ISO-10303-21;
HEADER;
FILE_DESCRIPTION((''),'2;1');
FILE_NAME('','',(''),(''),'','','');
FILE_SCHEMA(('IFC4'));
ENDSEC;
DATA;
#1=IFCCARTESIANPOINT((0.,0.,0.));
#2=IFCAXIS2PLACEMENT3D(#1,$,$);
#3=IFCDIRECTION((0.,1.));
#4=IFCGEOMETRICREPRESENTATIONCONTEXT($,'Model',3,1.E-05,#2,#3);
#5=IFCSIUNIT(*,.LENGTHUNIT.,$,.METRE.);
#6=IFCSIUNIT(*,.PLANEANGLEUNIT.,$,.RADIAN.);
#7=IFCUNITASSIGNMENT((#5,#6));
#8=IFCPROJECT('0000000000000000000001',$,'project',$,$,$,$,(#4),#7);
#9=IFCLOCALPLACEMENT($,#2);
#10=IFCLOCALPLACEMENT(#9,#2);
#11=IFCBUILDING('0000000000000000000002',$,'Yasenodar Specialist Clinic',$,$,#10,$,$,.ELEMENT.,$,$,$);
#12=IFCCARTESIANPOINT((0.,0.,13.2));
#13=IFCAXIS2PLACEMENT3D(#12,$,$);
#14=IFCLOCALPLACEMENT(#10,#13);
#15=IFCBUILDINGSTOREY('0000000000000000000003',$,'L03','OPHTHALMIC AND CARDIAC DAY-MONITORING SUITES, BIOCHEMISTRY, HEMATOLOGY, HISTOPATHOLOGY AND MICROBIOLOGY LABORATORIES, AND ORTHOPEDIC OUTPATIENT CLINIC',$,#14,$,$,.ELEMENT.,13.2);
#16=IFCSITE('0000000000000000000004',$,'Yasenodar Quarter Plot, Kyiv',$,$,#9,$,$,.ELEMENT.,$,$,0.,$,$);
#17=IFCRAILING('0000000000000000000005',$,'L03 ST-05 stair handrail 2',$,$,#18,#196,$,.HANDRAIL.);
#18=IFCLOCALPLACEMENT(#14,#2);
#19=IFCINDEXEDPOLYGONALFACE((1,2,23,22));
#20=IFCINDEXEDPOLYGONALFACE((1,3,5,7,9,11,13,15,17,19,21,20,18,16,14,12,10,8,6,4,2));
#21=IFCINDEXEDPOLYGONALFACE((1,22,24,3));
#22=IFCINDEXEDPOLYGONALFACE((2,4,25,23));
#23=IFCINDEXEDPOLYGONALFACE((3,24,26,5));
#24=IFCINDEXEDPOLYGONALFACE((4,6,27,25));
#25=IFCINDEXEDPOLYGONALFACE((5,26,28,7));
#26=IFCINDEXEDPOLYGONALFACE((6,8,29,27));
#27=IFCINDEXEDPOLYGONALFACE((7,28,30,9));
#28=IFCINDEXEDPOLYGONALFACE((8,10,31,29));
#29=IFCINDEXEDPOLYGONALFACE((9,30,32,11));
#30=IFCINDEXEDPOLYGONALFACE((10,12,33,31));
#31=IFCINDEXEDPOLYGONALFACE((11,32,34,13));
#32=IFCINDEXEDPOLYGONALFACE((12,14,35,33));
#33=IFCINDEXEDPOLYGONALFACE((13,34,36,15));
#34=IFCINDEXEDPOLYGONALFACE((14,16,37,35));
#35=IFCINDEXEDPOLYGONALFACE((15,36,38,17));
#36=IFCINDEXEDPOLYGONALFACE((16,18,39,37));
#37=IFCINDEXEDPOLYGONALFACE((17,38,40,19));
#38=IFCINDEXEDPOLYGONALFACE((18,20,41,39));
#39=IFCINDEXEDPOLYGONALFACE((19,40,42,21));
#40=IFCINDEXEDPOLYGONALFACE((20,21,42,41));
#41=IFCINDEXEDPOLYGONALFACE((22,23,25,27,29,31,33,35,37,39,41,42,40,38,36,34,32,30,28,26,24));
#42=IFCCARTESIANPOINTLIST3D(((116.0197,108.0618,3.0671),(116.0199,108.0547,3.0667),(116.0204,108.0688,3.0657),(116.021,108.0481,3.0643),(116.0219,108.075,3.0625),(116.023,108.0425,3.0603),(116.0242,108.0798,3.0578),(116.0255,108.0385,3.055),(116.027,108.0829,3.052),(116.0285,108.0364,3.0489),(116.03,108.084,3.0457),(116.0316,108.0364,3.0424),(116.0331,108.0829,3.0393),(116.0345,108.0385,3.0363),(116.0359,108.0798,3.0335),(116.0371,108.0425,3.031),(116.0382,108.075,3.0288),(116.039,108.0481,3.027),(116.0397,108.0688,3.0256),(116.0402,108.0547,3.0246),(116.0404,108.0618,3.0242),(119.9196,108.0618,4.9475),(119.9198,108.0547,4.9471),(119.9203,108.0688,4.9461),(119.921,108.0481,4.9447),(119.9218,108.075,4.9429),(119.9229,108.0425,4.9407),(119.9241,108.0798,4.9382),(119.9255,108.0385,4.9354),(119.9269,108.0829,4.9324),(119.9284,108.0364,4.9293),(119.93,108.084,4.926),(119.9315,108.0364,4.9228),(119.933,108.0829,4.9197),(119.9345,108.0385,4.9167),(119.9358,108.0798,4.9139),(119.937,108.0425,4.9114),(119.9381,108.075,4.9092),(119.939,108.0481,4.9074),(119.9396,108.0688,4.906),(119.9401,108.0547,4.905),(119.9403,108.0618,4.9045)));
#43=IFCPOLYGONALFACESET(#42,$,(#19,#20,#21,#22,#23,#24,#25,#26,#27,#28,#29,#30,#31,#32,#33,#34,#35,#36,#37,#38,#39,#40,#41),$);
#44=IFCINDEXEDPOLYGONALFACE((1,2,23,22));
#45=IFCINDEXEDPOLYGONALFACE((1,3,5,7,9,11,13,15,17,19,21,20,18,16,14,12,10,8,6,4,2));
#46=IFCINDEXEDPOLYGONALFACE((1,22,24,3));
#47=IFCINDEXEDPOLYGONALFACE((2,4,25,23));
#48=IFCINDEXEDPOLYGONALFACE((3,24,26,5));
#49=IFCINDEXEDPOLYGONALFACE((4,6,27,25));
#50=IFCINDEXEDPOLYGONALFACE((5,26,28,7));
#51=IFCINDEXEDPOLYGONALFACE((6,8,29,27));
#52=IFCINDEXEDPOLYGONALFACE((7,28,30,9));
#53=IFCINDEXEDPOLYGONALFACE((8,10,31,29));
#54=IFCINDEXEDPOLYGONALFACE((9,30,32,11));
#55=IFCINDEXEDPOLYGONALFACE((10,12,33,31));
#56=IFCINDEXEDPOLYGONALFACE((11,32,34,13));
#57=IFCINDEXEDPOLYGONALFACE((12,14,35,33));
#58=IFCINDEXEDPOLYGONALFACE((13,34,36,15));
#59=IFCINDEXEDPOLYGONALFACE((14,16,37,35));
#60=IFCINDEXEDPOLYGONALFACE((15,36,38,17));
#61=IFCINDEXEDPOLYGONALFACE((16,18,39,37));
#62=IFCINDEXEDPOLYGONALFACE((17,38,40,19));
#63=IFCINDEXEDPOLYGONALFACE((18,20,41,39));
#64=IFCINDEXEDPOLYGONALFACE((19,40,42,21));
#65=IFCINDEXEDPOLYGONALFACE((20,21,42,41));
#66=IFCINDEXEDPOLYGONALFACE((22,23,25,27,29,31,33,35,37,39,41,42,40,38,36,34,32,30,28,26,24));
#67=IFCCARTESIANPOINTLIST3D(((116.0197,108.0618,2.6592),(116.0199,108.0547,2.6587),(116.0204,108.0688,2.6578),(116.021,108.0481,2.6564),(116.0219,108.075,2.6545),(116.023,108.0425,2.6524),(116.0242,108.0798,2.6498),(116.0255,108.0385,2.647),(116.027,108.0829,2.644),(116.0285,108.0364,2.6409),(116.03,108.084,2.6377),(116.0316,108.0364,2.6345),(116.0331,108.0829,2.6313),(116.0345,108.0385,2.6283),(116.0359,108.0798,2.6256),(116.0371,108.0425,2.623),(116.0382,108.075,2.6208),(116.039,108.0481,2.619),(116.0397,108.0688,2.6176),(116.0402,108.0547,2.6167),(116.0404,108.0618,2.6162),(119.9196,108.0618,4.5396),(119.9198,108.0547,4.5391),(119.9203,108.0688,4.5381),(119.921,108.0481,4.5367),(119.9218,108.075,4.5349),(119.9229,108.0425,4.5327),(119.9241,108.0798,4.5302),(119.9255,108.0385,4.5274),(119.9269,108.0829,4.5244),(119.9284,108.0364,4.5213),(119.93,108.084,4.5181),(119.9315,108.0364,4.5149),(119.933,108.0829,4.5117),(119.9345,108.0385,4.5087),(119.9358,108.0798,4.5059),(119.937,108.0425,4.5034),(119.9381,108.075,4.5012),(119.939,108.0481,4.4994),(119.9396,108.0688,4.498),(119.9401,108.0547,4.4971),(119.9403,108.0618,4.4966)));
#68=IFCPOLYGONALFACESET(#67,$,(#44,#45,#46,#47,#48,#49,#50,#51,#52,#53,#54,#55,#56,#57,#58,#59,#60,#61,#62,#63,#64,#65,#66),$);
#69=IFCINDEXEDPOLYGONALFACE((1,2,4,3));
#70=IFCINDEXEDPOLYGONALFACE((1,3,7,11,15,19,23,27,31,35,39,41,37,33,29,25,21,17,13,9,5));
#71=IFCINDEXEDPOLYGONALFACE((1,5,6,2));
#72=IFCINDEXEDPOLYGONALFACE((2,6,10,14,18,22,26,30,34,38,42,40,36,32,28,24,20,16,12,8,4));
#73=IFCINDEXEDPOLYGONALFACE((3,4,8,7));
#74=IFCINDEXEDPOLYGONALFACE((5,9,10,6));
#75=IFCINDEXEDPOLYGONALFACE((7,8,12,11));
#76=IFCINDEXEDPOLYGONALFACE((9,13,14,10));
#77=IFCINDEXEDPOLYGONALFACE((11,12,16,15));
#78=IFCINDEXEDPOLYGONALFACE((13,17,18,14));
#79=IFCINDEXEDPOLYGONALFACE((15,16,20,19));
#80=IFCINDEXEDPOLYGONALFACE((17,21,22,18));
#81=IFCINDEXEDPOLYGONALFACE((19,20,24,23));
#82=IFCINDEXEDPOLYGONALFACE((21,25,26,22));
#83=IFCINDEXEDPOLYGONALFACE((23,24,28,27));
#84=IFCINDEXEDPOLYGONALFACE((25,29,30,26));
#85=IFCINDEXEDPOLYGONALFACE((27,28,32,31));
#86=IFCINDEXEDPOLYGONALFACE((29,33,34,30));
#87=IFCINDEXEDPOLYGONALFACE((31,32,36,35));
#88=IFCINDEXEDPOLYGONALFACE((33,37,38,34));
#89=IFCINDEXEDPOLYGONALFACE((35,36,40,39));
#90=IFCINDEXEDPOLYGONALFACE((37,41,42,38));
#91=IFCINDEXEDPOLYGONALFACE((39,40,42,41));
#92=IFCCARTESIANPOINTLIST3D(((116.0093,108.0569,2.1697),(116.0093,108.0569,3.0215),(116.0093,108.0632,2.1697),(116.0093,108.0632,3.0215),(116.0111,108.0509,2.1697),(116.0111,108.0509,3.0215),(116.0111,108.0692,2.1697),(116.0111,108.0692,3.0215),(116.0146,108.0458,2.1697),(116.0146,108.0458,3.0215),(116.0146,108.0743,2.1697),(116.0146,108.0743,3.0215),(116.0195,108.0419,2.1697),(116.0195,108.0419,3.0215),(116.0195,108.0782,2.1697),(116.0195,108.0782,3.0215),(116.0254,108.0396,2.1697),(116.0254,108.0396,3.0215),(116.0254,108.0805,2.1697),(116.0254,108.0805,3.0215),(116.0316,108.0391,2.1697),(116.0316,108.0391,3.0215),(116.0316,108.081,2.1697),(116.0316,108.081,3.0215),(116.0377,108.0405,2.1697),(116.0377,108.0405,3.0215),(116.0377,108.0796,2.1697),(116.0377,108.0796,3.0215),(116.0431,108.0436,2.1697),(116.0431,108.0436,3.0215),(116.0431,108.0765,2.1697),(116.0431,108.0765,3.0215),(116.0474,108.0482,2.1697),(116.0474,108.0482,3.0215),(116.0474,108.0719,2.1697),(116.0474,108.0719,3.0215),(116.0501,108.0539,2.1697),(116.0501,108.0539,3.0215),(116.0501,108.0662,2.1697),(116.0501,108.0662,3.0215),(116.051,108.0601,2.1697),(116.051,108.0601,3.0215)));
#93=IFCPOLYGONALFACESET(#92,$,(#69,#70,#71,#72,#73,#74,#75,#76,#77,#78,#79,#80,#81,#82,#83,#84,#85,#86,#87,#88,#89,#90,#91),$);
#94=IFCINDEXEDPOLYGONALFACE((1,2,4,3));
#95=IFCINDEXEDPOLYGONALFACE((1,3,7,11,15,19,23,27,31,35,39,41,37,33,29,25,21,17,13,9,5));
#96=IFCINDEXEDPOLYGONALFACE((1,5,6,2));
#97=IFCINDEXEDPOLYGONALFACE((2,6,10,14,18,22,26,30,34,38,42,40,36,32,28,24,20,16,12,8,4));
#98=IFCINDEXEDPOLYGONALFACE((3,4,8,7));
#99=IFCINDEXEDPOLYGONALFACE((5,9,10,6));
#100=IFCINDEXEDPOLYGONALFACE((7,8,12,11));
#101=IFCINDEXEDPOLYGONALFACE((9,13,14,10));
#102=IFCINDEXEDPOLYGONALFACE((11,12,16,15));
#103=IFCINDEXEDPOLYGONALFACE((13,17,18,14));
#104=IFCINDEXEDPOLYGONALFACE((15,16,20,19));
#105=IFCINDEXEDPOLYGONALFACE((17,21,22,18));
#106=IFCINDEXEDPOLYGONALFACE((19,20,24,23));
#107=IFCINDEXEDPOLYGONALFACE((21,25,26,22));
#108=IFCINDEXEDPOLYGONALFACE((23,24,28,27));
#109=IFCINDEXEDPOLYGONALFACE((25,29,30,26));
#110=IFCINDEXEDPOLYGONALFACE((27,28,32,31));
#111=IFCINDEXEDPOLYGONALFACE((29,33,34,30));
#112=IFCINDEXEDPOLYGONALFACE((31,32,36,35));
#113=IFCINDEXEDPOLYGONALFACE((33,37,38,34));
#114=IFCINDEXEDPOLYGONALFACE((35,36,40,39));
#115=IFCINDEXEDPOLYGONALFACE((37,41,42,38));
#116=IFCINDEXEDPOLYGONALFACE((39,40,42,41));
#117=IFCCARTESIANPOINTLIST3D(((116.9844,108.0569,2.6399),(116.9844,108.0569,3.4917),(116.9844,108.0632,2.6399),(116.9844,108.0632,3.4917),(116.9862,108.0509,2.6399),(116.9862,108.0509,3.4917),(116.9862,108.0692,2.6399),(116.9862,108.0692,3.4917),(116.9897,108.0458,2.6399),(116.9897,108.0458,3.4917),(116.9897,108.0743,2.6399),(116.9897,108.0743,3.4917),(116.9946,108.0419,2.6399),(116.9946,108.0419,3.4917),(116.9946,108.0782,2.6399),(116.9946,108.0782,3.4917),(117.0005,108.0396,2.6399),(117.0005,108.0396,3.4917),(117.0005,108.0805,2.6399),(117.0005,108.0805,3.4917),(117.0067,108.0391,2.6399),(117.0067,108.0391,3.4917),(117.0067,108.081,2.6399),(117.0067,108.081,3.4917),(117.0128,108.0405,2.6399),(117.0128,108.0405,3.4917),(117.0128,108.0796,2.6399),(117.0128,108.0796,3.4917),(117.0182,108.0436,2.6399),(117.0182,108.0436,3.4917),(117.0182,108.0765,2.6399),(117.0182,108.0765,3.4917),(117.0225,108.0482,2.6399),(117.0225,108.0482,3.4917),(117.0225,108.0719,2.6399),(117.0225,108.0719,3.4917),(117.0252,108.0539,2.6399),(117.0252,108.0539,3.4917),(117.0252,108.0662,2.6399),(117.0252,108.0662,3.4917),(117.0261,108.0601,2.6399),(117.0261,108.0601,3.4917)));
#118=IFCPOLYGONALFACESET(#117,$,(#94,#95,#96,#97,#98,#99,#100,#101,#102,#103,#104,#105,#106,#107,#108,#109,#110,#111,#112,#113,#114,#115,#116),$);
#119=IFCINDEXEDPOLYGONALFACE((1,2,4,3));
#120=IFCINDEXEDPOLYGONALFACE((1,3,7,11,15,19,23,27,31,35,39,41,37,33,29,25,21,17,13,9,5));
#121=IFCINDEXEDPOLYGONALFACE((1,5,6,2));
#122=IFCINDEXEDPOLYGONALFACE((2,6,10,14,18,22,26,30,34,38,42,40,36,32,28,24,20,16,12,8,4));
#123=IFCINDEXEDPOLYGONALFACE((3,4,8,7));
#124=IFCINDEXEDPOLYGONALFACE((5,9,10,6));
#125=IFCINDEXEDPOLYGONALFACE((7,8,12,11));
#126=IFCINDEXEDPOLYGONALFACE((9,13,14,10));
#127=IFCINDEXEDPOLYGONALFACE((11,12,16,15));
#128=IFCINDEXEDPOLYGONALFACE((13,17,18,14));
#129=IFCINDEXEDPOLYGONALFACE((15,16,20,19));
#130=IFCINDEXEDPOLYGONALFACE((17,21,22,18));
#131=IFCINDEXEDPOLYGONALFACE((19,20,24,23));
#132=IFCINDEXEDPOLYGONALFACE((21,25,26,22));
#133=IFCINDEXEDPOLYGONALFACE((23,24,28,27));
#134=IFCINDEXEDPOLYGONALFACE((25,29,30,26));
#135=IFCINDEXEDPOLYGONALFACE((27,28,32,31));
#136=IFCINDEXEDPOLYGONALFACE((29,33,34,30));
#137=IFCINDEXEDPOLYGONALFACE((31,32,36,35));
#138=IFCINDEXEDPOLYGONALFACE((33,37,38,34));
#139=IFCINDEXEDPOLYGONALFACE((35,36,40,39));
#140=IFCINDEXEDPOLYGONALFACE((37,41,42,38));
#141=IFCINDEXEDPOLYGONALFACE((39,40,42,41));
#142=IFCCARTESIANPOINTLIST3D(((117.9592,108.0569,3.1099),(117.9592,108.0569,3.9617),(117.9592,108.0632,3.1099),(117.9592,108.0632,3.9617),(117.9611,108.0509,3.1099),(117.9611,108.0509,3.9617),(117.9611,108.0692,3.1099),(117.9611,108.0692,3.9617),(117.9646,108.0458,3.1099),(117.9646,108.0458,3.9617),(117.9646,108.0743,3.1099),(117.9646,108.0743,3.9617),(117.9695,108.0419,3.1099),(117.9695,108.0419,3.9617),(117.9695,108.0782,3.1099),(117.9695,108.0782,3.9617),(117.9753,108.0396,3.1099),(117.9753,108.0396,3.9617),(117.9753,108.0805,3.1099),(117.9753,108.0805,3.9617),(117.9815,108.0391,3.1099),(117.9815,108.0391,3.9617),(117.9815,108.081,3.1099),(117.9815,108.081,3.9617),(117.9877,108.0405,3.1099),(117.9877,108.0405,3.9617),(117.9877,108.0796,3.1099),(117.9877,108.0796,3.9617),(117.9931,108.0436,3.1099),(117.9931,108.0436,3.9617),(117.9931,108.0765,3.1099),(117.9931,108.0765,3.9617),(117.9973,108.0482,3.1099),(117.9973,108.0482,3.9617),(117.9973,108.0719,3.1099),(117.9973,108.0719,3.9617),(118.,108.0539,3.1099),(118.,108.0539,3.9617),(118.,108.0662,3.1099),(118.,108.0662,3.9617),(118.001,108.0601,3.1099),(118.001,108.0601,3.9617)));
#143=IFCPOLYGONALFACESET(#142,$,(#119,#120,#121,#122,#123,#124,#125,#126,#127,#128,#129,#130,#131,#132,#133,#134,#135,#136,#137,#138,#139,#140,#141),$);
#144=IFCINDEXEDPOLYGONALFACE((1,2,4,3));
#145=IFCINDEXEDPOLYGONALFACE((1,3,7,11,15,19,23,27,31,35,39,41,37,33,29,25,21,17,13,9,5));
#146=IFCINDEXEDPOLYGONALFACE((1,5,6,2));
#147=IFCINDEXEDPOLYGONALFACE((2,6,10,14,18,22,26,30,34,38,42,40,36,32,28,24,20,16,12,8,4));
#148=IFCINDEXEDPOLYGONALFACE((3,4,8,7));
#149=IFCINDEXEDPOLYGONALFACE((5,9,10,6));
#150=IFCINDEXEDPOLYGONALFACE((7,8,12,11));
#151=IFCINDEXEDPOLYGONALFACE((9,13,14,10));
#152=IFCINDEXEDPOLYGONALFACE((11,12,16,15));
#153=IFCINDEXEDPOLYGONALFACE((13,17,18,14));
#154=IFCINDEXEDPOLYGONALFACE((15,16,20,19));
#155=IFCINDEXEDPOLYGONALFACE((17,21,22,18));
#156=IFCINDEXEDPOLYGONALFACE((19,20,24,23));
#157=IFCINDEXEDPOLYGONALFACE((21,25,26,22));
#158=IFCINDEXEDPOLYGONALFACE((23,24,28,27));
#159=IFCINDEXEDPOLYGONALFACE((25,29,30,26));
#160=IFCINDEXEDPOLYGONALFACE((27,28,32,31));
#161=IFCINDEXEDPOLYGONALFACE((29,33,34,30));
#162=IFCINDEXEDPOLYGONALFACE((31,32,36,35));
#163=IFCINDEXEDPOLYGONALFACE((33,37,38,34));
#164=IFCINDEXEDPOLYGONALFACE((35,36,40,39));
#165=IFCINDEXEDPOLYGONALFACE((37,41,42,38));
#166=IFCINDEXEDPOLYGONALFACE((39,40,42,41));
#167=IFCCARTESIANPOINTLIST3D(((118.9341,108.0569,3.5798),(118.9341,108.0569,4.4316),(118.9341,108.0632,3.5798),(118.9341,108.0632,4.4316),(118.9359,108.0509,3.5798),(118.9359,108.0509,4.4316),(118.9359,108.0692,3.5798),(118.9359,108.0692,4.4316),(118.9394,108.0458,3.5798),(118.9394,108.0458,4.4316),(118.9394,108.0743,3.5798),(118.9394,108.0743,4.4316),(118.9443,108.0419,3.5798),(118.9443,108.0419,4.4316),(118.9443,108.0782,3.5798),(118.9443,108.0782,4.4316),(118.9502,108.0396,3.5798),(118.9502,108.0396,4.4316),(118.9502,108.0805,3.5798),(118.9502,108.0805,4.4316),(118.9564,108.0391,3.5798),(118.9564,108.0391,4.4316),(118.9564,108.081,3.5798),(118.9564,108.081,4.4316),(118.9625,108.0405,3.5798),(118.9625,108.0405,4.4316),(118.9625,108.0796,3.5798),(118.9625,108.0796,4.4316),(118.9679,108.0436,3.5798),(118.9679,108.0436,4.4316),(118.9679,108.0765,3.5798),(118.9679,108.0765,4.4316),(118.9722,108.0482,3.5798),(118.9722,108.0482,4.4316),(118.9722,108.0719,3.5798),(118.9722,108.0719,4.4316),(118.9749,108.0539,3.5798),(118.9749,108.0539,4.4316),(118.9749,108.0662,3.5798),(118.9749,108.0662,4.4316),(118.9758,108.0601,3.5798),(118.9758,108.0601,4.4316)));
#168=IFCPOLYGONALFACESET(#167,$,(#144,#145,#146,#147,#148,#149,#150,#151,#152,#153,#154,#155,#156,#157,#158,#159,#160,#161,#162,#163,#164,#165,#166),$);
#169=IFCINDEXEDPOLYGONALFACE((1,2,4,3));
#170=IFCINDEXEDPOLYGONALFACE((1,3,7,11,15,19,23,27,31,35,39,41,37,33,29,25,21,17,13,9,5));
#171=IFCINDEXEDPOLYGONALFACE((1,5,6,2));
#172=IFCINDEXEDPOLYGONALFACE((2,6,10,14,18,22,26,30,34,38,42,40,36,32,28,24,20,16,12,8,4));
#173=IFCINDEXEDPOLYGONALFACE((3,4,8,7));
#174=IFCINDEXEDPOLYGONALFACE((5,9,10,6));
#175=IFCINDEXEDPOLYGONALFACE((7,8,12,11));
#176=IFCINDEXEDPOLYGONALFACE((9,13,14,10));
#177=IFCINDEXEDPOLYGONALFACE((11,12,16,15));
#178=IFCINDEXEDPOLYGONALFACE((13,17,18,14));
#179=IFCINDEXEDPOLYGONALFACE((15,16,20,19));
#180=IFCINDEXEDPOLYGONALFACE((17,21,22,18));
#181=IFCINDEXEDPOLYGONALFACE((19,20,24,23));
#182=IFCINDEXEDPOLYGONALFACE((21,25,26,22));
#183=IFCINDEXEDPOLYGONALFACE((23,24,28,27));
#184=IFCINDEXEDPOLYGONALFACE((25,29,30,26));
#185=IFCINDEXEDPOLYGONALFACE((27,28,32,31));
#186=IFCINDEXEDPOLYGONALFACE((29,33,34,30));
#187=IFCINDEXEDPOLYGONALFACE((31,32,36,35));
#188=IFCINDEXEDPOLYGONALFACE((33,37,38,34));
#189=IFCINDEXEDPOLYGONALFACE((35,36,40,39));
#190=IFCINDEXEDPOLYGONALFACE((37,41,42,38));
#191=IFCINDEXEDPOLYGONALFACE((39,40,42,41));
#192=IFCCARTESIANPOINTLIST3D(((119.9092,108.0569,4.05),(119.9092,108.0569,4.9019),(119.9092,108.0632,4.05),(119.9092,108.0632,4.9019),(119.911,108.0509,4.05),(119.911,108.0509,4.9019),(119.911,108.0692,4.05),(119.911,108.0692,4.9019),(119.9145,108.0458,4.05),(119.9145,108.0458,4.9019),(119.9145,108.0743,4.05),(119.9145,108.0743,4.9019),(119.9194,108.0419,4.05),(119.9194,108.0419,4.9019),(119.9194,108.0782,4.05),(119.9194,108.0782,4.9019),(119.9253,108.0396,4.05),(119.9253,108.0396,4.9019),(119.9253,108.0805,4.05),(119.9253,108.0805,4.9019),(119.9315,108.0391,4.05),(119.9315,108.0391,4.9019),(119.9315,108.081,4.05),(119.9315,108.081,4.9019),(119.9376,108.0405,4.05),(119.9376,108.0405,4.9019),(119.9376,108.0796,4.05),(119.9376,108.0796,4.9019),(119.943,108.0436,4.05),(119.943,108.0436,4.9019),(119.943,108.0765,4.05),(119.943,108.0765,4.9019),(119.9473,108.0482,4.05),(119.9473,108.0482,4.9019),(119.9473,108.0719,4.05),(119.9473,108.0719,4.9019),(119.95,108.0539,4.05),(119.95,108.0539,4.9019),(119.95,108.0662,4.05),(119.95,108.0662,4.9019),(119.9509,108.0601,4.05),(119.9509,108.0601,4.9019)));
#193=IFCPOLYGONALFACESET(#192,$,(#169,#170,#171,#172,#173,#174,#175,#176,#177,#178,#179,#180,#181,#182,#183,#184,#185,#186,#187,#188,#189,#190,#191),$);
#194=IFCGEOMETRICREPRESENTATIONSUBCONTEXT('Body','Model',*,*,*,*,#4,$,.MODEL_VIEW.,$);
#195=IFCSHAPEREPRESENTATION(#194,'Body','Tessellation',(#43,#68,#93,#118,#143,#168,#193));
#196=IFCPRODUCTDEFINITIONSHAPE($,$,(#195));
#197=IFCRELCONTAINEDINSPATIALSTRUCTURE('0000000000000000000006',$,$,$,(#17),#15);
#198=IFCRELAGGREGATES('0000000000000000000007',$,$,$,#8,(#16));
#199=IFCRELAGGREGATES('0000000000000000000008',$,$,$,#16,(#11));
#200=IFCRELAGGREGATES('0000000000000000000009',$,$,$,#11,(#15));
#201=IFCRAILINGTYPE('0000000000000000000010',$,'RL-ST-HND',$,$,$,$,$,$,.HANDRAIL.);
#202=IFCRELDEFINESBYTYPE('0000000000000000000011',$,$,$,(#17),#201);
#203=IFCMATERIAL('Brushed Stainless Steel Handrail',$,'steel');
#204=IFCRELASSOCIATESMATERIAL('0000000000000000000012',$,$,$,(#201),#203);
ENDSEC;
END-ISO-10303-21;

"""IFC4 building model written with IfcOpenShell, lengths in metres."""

from ifc_helpers import new_model, si_unit, direction, frame, origin, origin_2d, place, context, subcontext, project, spatial, circle, extrude, material, type_object, element, save


model = new_model("IFC4")

# Units and contexts
model_context = context("Model", 3, precision=1e-05, world=origin(), true_north=direction((0.0, 1.0)))
body_context = subcontext(model_context, "Body", "Model", "MODEL_VIEW")
ifc_project = project(units=[si_unit("LENGTHUNIT", "METRE"), si_unit("PLANEANGLEUNIT", "RADIAN")], contexts=[model_context])

# Site, building, storey
site_placement = place(None, origin())
site = spatial("IfcSite", under=ifc_project, at=site_placement, Name="Yasenodar Quarter Plot, Kyiv", CompositionType="ELEMENT", RefElevation=0.0)
building_placement = place(site_placement, origin())
building = spatial("IfcBuilding", under=site, at=building_placement, Name="Yasenodar Specialist Clinic", CompositionType="ELEMENT")
storey_placement = place(building_placement, frame((0.0, 0.0, 13.2)))
storey = spatial("IfcBuildingStorey", under=building, at=storey_placement, Name="L03", Description="OPHTHALMIC AND CARDIAC DAY-MONITORING SUITES, BIOCHEMISTRY, HEMATOLOGY, HISTOPATHOLOGY AND MICROBIOLOGY LABORATORIES, AND ORTHOPEDIC OUTPATIENT CLINIC", CompositionType="ELEMENT", Elevation=13.2)

# Railing
ifc_material_1 = material(Name="Brushed Stainless Steel Handrail", Category="steel")
railing_type_1 = type_object("IfcRailingType", Name="RL-ST-HND", PredefinedType="HANDRAIL", material=ifc_material_1)
railing_1_placement = place(storey_placement, frame((116.03, 108.0601, 2.1697)))
element("IfcRailing", 1, at=railing_1_placement, inside=storey, type_object=railing_type_1, Name="L03 ST-05 stair handrail 2", PredefinedType="HANDRAIL", context=body_context, shape_type="SweptSolid", body=[
    extrude(circle(Radius=0.0239, at=origin_2d()), frame((0.0, 0.0, 0.876), z_axis=(0.900763, 0.0, 0.434311), x_axis=(0.0, 1.0, 0.0)), (0.0, 0.0, 1.0), 4.3296),
    extrude(circle(Radius=0.0239, at=origin_2d()), frame((0.0, 0.0, 0.468), z_axis=(0.900763, 0.0, 0.434311), x_axis=(0.0, 1.0, 0.0)), (0.0, 0.0, 1.0), 4.3296),
    extrude(circle(Radius=0.021, at=origin_2d()), origin(), (0.0, 0.0, 1.0), 0.8518),
    extrude(circle(Radius=0.021, at=origin_2d()), frame((0.9751, 0.0, 0.4702)), (0.0, 0.0, 1.0), 0.8518),
    extrude(circle(Radius=0.021, at=origin_2d()), frame((1.95, 0.0, 0.9402)), (0.0, 0.0, 1.0), 0.8518),
    extrude(circle(Radius=0.021, at=origin_2d()), frame((2.9248, 0.0, 1.4102)), (0.0, 0.0, 1.0), 0.8518),
    extrude(circle(Radius=0.021, at=origin_2d()), frame((3.8999, 0.0, 1.8804)), (0.0, 0.0, 1.0), 0.8518),
])

save(model, "model.ifc")
